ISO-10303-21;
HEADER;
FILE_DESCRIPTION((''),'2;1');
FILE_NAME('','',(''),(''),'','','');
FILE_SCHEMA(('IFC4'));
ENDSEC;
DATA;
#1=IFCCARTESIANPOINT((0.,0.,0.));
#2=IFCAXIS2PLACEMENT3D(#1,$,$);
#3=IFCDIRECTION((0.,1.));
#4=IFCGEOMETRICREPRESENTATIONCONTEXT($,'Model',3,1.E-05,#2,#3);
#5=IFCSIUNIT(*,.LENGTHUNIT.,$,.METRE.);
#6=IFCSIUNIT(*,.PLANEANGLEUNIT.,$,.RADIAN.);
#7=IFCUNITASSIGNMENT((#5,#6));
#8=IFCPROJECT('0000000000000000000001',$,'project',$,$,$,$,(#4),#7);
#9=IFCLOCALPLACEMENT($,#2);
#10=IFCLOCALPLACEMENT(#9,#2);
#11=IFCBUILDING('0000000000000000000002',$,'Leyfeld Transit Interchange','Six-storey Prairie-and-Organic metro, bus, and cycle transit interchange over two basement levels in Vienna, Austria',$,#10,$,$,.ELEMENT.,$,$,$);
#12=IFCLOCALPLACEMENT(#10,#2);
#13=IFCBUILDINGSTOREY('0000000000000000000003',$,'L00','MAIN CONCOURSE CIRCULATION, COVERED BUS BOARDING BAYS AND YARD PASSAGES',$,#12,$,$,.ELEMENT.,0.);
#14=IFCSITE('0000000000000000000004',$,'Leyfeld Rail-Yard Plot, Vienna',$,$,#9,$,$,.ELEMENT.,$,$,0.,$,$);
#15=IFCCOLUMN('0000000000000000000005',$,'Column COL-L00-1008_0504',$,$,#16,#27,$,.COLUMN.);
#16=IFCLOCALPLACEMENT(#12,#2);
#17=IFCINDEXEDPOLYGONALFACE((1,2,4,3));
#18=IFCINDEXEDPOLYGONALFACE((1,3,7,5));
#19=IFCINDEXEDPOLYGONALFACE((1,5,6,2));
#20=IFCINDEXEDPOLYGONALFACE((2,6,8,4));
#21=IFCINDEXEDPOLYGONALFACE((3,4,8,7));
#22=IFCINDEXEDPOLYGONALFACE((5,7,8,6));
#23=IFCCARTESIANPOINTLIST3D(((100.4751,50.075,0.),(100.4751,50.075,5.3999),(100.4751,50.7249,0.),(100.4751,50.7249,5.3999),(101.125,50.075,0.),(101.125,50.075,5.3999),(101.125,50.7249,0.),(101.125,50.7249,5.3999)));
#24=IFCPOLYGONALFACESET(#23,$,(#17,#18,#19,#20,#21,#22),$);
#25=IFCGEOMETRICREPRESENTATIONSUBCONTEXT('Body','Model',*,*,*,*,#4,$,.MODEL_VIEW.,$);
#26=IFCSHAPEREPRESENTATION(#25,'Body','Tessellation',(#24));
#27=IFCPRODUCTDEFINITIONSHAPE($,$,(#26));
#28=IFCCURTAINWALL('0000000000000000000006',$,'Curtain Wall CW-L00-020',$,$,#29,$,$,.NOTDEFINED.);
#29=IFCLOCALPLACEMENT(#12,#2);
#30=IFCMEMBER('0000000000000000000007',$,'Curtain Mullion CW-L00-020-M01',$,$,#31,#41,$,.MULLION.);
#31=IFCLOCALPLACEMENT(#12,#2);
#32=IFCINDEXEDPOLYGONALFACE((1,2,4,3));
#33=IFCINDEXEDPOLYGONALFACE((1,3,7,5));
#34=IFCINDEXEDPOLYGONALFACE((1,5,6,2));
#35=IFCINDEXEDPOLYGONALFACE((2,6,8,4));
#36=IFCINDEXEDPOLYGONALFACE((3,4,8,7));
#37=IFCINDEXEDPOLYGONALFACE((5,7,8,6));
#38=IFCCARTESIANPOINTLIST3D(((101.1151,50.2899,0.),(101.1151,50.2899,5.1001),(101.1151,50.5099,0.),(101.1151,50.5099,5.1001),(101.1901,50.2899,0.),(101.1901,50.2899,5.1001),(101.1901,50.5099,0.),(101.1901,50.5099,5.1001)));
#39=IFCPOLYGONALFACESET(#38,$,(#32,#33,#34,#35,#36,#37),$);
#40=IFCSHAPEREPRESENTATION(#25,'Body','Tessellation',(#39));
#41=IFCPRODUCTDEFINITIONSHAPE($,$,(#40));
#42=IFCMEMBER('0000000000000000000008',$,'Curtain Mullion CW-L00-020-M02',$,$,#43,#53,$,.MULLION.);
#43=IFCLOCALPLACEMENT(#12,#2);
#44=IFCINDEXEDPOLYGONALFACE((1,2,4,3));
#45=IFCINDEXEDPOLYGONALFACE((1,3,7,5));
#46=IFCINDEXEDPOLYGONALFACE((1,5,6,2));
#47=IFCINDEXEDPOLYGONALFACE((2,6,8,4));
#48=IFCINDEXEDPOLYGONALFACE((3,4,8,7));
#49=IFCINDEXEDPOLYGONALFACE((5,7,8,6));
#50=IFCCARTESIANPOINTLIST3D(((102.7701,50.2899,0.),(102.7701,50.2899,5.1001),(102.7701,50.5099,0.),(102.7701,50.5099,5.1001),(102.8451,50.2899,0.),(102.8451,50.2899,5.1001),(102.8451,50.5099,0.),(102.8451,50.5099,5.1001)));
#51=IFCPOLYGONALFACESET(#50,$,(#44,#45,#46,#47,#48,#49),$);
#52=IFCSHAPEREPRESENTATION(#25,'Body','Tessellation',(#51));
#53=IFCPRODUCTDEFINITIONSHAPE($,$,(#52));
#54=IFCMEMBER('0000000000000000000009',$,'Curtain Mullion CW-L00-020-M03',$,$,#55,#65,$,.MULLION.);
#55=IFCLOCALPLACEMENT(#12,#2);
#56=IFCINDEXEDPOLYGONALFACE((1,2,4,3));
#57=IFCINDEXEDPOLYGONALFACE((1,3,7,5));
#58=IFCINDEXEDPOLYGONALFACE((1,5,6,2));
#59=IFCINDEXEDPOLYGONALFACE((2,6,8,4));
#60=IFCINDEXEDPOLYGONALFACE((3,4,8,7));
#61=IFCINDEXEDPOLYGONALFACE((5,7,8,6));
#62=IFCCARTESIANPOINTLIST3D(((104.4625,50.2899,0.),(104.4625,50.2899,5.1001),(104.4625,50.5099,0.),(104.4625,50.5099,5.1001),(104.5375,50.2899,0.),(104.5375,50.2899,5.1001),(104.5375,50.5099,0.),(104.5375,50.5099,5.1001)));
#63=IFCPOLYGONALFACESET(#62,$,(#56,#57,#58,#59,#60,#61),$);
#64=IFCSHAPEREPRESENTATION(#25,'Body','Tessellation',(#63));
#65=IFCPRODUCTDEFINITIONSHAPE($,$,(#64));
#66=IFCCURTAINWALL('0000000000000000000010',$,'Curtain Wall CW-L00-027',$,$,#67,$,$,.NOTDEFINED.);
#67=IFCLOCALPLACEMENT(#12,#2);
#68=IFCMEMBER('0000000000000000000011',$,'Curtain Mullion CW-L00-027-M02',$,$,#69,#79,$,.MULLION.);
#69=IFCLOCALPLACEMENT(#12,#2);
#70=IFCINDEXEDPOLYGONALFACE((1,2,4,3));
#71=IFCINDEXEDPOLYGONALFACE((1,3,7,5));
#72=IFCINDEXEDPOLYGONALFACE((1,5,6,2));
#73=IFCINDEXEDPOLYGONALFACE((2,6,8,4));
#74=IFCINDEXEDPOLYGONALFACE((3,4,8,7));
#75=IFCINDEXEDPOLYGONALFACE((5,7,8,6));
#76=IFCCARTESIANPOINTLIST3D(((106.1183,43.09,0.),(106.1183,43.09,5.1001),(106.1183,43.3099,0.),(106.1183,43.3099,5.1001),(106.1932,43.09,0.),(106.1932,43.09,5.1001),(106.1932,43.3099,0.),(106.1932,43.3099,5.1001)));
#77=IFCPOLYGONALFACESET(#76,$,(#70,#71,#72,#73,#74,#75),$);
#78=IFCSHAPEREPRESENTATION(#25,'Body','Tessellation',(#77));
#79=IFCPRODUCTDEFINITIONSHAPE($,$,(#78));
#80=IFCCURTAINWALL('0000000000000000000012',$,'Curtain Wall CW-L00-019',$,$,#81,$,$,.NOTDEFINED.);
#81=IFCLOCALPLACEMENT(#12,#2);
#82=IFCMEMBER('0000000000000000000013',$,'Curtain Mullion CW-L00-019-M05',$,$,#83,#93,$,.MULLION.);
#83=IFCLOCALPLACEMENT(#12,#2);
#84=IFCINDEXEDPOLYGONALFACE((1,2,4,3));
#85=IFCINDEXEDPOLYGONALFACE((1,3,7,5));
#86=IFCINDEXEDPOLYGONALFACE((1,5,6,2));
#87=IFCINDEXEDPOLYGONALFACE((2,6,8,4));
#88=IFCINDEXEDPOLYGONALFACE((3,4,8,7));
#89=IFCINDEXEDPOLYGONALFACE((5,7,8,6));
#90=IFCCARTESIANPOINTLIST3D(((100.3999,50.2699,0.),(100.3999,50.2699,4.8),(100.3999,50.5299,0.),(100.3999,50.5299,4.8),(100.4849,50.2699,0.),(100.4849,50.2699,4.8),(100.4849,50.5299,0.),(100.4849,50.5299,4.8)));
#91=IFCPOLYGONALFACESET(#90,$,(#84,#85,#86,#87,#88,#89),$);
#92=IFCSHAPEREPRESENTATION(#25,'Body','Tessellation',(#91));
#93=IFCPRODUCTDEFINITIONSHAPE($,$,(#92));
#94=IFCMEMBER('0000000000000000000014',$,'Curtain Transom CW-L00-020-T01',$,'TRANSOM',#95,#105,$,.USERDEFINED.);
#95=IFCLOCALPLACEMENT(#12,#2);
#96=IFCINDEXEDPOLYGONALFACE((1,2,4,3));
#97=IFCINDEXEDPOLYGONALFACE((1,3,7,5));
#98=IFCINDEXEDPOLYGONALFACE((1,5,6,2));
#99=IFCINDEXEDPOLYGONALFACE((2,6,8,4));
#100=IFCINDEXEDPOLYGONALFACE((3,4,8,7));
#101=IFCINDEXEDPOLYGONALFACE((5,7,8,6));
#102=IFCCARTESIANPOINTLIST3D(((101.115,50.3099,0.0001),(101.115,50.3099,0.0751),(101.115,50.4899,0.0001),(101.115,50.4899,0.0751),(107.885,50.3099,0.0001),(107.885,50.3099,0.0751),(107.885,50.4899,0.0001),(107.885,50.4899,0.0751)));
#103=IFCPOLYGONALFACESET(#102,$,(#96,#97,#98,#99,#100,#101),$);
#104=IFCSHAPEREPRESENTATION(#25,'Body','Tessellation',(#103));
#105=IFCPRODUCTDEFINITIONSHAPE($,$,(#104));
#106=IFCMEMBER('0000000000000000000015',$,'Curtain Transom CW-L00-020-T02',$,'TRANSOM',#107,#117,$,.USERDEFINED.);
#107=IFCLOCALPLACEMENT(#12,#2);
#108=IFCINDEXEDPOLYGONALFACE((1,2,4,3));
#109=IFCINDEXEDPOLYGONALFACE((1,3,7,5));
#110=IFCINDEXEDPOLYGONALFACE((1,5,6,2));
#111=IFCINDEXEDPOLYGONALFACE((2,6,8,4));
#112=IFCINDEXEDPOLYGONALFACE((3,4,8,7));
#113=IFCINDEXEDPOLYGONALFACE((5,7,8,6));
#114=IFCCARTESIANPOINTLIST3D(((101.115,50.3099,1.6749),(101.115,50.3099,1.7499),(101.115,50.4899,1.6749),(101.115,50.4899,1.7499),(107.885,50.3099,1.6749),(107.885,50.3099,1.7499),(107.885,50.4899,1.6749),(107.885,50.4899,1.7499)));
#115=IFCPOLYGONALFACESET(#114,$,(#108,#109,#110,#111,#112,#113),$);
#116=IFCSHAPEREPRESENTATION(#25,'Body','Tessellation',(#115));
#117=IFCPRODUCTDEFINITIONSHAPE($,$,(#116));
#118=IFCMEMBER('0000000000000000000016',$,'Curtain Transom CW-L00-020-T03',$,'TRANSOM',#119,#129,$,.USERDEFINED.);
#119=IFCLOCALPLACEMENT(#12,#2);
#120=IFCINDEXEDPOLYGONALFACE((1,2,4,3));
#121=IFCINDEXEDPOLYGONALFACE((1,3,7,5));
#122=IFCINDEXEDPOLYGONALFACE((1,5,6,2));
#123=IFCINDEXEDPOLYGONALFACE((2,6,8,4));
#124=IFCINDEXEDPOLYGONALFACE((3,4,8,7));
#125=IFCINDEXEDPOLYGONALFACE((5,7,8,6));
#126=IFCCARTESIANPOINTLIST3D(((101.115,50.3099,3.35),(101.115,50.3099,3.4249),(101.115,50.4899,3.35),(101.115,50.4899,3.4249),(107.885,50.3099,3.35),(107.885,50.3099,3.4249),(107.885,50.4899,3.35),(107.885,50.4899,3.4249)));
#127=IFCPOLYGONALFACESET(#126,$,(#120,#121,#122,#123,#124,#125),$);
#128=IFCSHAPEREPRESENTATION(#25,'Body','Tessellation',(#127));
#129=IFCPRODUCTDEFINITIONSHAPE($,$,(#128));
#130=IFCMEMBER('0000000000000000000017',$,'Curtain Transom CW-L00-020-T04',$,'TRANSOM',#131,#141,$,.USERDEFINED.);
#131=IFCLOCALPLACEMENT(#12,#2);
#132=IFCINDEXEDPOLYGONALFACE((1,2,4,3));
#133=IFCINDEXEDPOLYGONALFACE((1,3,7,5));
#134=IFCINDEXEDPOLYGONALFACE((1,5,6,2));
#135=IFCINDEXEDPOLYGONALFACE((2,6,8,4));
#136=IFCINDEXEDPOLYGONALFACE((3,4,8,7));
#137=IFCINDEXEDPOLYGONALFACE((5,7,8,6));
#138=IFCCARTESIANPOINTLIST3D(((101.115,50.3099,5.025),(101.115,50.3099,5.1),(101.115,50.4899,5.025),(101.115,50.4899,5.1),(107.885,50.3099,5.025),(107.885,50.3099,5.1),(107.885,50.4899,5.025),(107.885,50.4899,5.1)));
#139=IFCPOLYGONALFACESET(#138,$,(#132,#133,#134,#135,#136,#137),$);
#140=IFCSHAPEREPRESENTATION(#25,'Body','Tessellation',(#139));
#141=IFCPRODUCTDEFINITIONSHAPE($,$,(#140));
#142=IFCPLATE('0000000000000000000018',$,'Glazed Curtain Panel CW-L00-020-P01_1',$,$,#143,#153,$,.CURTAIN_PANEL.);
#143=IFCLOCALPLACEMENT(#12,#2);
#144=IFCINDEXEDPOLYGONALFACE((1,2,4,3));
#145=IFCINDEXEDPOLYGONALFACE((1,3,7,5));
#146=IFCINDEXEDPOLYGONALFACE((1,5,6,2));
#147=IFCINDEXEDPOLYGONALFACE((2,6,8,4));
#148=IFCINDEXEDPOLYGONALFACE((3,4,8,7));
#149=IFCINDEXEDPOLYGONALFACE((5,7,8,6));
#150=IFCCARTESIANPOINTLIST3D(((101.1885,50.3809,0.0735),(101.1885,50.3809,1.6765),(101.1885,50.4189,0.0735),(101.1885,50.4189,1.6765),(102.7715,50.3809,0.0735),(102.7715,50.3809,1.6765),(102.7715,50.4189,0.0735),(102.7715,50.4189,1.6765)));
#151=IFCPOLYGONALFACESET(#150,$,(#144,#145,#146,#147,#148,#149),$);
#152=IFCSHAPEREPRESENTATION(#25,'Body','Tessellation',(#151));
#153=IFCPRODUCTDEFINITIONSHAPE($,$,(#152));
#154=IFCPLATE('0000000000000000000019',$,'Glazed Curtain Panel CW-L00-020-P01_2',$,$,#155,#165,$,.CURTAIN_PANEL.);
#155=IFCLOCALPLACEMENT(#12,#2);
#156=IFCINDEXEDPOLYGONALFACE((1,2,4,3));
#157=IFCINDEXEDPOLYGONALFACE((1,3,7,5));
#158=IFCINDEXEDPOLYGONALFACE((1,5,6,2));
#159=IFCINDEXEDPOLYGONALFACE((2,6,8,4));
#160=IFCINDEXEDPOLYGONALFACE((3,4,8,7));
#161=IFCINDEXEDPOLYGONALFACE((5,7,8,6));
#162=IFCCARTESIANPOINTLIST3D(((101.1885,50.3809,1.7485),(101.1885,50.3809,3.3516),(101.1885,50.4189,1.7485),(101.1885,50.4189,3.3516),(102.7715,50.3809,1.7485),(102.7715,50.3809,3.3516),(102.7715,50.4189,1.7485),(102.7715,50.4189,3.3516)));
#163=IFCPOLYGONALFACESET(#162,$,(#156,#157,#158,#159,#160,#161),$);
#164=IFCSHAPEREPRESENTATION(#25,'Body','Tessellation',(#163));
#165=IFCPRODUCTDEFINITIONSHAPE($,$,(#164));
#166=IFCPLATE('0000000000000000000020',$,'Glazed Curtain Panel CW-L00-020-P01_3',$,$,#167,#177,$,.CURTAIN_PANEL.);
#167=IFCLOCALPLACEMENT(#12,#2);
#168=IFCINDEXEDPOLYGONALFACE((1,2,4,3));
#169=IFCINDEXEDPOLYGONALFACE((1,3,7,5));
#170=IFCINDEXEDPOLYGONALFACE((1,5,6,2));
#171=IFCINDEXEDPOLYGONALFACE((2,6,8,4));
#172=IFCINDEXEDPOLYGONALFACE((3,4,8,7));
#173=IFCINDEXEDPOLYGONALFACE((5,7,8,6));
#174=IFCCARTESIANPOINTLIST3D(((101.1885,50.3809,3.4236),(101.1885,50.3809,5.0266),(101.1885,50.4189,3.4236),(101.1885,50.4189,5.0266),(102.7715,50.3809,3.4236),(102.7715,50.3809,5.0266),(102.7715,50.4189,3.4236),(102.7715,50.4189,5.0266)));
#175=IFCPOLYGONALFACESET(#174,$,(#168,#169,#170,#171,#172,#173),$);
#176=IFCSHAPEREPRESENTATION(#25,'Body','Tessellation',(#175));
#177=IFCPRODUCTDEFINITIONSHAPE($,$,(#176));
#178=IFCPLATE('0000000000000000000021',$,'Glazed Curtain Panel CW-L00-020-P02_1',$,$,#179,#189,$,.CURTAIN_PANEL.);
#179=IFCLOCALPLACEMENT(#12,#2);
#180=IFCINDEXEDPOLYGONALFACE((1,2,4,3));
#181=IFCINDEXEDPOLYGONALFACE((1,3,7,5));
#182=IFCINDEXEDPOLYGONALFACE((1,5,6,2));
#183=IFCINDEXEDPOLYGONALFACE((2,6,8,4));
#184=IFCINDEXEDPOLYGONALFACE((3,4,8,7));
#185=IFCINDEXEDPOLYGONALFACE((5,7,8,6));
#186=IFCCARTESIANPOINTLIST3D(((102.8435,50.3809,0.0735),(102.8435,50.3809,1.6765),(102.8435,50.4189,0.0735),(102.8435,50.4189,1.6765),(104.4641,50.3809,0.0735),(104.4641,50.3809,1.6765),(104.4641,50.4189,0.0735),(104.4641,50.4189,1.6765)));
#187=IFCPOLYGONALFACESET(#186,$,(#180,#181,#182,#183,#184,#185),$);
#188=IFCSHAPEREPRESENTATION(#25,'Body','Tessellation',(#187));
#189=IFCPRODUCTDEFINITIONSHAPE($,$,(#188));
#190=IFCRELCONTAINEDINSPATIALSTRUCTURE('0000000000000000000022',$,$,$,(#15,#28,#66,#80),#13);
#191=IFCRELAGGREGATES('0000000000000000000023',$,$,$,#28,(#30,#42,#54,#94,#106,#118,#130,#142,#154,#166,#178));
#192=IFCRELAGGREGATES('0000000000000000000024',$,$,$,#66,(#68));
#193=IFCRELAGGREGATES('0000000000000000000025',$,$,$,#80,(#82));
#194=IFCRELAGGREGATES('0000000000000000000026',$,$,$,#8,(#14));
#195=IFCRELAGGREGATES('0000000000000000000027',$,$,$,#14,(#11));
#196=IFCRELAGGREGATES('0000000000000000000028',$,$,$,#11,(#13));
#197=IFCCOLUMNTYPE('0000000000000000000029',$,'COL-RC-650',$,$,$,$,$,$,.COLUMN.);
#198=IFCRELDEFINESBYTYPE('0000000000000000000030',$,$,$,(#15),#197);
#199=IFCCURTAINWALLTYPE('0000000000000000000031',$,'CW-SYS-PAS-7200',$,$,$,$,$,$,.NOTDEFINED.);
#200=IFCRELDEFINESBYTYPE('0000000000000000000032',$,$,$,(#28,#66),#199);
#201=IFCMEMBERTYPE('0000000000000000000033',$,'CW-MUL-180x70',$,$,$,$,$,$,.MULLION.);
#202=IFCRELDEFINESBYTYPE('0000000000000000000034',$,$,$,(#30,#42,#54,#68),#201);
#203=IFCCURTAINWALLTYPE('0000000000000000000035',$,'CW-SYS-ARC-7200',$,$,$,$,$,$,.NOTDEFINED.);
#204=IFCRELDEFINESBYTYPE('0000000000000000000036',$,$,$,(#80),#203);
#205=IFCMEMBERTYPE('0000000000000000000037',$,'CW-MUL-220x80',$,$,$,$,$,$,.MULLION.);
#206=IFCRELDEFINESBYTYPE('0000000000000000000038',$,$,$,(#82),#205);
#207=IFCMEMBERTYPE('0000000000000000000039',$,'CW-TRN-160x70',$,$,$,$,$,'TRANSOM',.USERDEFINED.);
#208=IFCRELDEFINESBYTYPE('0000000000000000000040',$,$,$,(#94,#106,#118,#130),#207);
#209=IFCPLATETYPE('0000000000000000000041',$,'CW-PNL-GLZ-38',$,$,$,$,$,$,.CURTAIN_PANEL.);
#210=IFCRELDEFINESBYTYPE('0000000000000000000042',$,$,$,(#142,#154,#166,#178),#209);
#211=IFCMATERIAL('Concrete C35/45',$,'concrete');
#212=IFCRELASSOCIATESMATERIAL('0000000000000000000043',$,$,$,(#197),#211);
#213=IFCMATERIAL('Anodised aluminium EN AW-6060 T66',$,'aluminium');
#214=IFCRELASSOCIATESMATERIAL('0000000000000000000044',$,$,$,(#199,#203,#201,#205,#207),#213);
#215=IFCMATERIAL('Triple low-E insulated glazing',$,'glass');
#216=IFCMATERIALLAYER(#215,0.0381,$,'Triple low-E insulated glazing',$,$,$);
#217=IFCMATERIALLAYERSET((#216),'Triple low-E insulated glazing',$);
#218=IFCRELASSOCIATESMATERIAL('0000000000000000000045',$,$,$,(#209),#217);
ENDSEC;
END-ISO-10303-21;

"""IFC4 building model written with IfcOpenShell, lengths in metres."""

from ifc_helpers import new_model, si_unit, direction, frame, origin, origin_2d, place, context, subcontext, project, spatial, rectangle, extrude, material, layer, layer_set, material_profile, profile_set, type_object, element, aggregate, save


model = new_model("IFC4")

# Units and contexts
model_context = context("Model", 3, precision=1e-05, world=origin(), true_north=direction((0.0, 1.0)))
body_context = subcontext(model_context, "Body", "Model", "MODEL_VIEW")
ifc_project = project(units=[si_unit("LENGTHUNIT", "METRE"), si_unit("PLANEANGLEUNIT", "RADIAN")], contexts=[model_context])

# Site, building, storey
site_placement = place(None, origin())
site = spatial("IfcSite", under=ifc_project, at=site_placement, Name="Leyfeld Rail-Yard Plot, Vienna", CompositionType="ELEMENT", RefElevation=0.0)
building_placement = place(site_placement, origin())
building = spatial("IfcBuilding", under=site, at=building_placement, Name="Leyfeld Transit Interchange", Description="Six-storey Prairie-and-Organic metro, bus, and cycle transit interchange over two basement levels in Vienna, Austria", CompositionType="ELEMENT")
storey_placement = place(building_placement, origin())
storey = spatial("IfcBuildingStorey", under=building, at=storey_placement, Name="L00", Description="MAIN CONCOURSE CIRCULATION, COVERED BUS BOARDING BAYS AND YARD PASSAGES", CompositionType="ELEMENT", Elevation=0.0)

# Column
ifc_material_1 = material(Name="Concrete C35/45", Category="concrete")
ifc_material_profile_1 = material_profile(ifc_material_1, rectangle(XDim=0.6499, YDim=0.6499, at=origin_2d()), Name="RC 650x650")
ifc_profile_set_1 = profile_set([ifc_material_profile_1], Name="Concrete C35/45")
column_type = type_object("IfcColumnType", Name="COL-RC-650", PredefinedType="COLUMN", material=ifc_profile_set_1)
column_placement = place(storey_placement, frame((100.8, 50.3999, 0.0), z_axis=(0.0, 0.0, 1.0), x_axis=(1.0, 0.0, 0.0)))
element("IfcColumn", 1, at=column_placement, inside=storey, type_object=column_type, Name="Column COL-L00-1008_0504", PredefinedType="COLUMN", context=body_context, shape_type="SweptSolid", body=[
    extrude(rectangle(XDim=0.6499, YDim=0.6499, at=origin_2d()), origin(), (0.0, 0.0, 1.0), 5.3999),
])

# Curtain wall, members
ifc_material_2 = material(Name="Anodised aluminium EN AW-6060 T66", Category="aluminium")
curtain_wall_type_1 = type_object("IfcCurtainWallType", Name="CW-SYS-PAS-7200", PredefinedType="NOTDEFINED", material=ifc_material_2)
curtain_wall_1_placement = place(storey_placement, origin())
curtain_wall_1 = element("IfcCurtainWall", 2, at=curtain_wall_1_placement, inside=storey, type_object=curtain_wall_type_1, Name="Curtain Wall CW-L00-020", PredefinedType="NOTDEFINED")
ifc_material_profile_2 = material_profile(ifc_material_2, rectangle(XDim=0.075, YDim=0.22, at=origin_2d()), Name="CW-M 75x220")
ifc_profile_set_2 = profile_set([ifc_material_profile_2], Name="Anodised aluminium EN AW-6060 T66")
member_type_1 = type_object("IfcMemberType", Name="CW-MUL-180x70", PredefinedType="MULLION", material=ifc_profile_set_2)
member_1_placement = place(storey_placement, frame((101.1526, 50.3999, 0.0), z_axis=(0.0, 0.0, 1.0), x_axis=(1.0, 0.0, 0.0)))
member_1 = element("IfcMember", 3, at=member_1_placement, type_object=member_type_1, Name="Curtain Mullion CW-L00-020-M01", PredefinedType="MULLION", context=body_context, shape_type="SweptSolid", body=[
    extrude(rectangle(XDim=0.075, YDim=0.22, at=origin_2d()), origin(), (0.0, 0.0, 1.0), 5.1001),
])
member_2_placement = place(storey_placement, frame((102.8076, 50.3999, 0.0), z_axis=(0.0, 0.0, 1.0), x_axis=(1.0, 0.0, 0.0)))
member_2 = element("IfcMember", 4, at=member_2_placement, type_object=member_type_1, Name="Curtain Mullion CW-L00-020-M02", PredefinedType="MULLION", context=body_context, shape_type="SweptSolid", body=[
    extrude(rectangle(XDim=0.075, YDim=0.22, at=origin_2d()), origin(), (0.0, 0.0, 1.0), 5.1001),
])
member_3_placement = place(storey_placement, frame((104.5, 50.3999, 0.0), z_axis=(0.0, 0.0, 1.0), x_axis=(1.0, 0.0, 0.0)))
member_3 = element("IfcMember", 5, at=member_3_placement, type_object=member_type_1, Name="Curtain Mullion CW-L00-020-M03", PredefinedType="MULLION", context=body_context, shape_type="SweptSolid", body=[
    extrude(rectangle(XDim=0.075, YDim=0.22, at=origin_2d()), origin(), (0.0, 0.0, 1.0), 5.1001),
])

# Curtain walls, members
curtain_wall_2_placement = place(storey_placement, origin())
curtain_wall_2 = element("IfcCurtainWall", 6, at=curtain_wall_2_placement, inside=storey, type_object=curtain_wall_type_1, Name="Curtain Wall CW-L00-027", PredefinedType="NOTDEFINED")
member_4_placement = place(storey_placement, frame((106.1558, 43.2, 0.0), z_axis=(0.0, 0.0, 1.0), x_axis=(-1.0, 0.0, 0.0)))
member_4 = element("IfcMember", 7, at=member_4_placement, type_object=member_type_1, Name="Curtain Mullion CW-L00-027-M02", PredefinedType="MULLION", context=body_context, shape_type="SweptSolid", body=[
    extrude(rectangle(XDim=0.075, YDim=0.22, at=origin_2d()), origin(), (0.0, 0.0, 1.0), 5.1001),
])
curtain_wall_type_2 = type_object("IfcCurtainWallType", Name="CW-SYS-ARC-7200", PredefinedType="NOTDEFINED", material=ifc_material_2)
curtain_wall_3_placement = place(storey_placement, origin())
curtain_wall_3 = element("IfcCurtainWall", 8, at=curtain_wall_3_placement, inside=storey, type_object=curtain_wall_type_2, Name="Curtain Wall CW-L00-019", PredefinedType="NOTDEFINED")
ifc_material_profile_3 = material_profile(ifc_material_2, rectangle(XDim=0.085, YDim=0.26, at=origin_2d()), Name="CW-M 85x260")
ifc_profile_set_3 = profile_set([ifc_material_profile_3], Name="Anodised aluminium EN AW-6060 T66")
member_type_2 = type_object("IfcMemberType", Name="CW-MUL-220x80", PredefinedType="MULLION", material=ifc_profile_set_3)
member_5_placement = place(storey_placement, frame((100.4424, 50.3999, 0.0), z_axis=(0.0, 0.0, 1.0), x_axis=(1.0, 0.0, 0.0)))
member_5 = element("IfcMember", 9, at=member_5_placement, type_object=member_type_2, Name="Curtain Mullion CW-L00-019-M05", PredefinedType="MULLION", context=body_context, shape_type="SweptSolid", body=[
    extrude(rectangle(XDim=0.085, YDim=0.26, at=origin_2d()), origin(), (0.0, 0.0, 1.0), 4.8),
])

# Members
ifc_material_profile_4 = material_profile(ifc_material_2, rectangle(XDim=0.1799, YDim=0.075, at=origin_2d()), Name="CW-TRN-160x70")
ifc_profile_set_4 = profile_set([ifc_material_profile_4], Name="Anodised aluminium EN AW-6060 T66")
member_type_3 = type_object("IfcMemberType", Name="CW-TRN-160x70", ElementType="TRANSOM", PredefinedType="USERDEFINED", material=ifc_profile_set_4)
member_6_placement = place(storey_placement, frame((101.115, 50.3999, 0.0376), z_axis=(1.0, 0.0, 0.0), x_axis=(0.0, 1.0, 0.0)))
member_6 = element("IfcMember", 10, at=member_6_placement, type_object=member_type_3, Name="Curtain Transom CW-L00-020-T01", ObjectType="TRANSOM", PredefinedType="USERDEFINED", context=body_context, shape_type="SweptSolid", body=[
    extrude(rectangle(XDim=0.1799, YDim=0.075, at=origin_2d()), origin(), (0.0, 0.0, 1.0), 6.77),
])
member_7_placement = place(storey_placement, frame((101.115, 50.3999, 1.7124), z_axis=(1.0, 0.0, 0.0), x_axis=(0.0, 1.0, 0.0)))
member_7 = element("IfcMember", 11, at=member_7_placement, type_object=member_type_3, Name="Curtain Transom CW-L00-020-T02", ObjectType="TRANSOM", PredefinedType="USERDEFINED", context=body_context, shape_type="SweptSolid", body=[
    extrude(rectangle(XDim=0.1799, YDim=0.075, at=origin_2d()), origin(), (0.0, 0.0, 1.0), 6.77),
])
member_8_placement = place(storey_placement, frame((101.115, 50.3999, 3.3875), z_axis=(1.0, 0.0, 0.0), x_axis=(0.0, 1.0, 0.0)))
member_8 = element("IfcMember", 12, at=member_8_placement, type_object=member_type_3, Name="Curtain Transom CW-L00-020-T03", ObjectType="TRANSOM", PredefinedType="USERDEFINED", context=body_context, shape_type="SweptSolid", body=[
    extrude(rectangle(XDim=0.1799, YDim=0.075, at=origin_2d()), origin(), (0.0, 0.0, 1.0), 6.77),
])
member_9_placement = place(storey_placement, frame((101.115, 50.3999, 5.0625), z_axis=(1.0, 0.0, 0.0), x_axis=(0.0, 1.0, 0.0)))
member_9 = element("IfcMember", 13, at=member_9_placement, type_object=member_type_3, Name="Curtain Transom CW-L00-020-T04", ObjectType="TRANSOM", PredefinedType="USERDEFINED", context=body_context, shape_type="SweptSolid", body=[
    extrude(rectangle(XDim=0.1799, YDim=0.075, at=origin_2d()), origin(), (0.0, 0.0, 1.0), 6.77),
])

# Plates
ifc_material_3 = material(Name="Triple low-E insulated glazing", Category="glass")
ifc_layer_1 = layer(ifc_material_3, 0.0381, Name="Triple low-E insulated glazing")
ifc_layer_set_1 = layer_set([ifc_layer_1], Name="Triple low-E insulated glazing")
plate_type_1 = type_object("IfcPlateType", Name="CW-PNL-GLZ-38", PredefinedType="CURTAIN_PANEL", material=ifc_layer_set_1)
plate_1_placement = place(storey_placement, frame((101.98, 50.3999, 0.0735), z_axis=(0.0, 0.0, 1.0), x_axis=(1.0, 0.0, 0.0)))
plate_1 = element("IfcPlate", 14, at=plate_1_placement, type_object=plate_type_1, Name="Glazed Curtain Panel CW-L00-020-P01_1", PredefinedType="CURTAIN_PANEL", context=body_context, shape_type="SweptSolid", body=[
    extrude(rectangle(XDim=1.583, YDim=0.0381, at=origin_2d()), origin(), (0.0, 0.0, 1.0), 1.603),
])
plate_2_placement = place(storey_placement, frame((101.98, 50.3999, 1.7485), z_axis=(0.0, 0.0, 1.0), x_axis=(1.0, 0.0, 0.0)))
plate_2 = element("IfcPlate", 15, at=plate_2_placement, type_object=plate_type_1, Name="Glazed Curtain Panel CW-L00-020-P01_2", PredefinedType="CURTAIN_PANEL", context=body_context, shape_type="SweptSolid", body=[
    extrude(rectangle(XDim=1.583, YDim=0.0381, at=origin_2d()), origin(), (0.0, 0.0, 1.0), 1.603),
])
plate_3_placement = place(storey_placement, frame((101.98, 50.3999, 3.4236), z_axis=(0.0, 0.0, 1.0), x_axis=(1.0, 0.0, 0.0)))
plate_3 = element("IfcPlate", 16, at=plate_3_placement, type_object=plate_type_1, Name="Glazed Curtain Panel CW-L00-020-P01_3", PredefinedType="CURTAIN_PANEL", context=body_context, shape_type="SweptSolid", body=[
    extrude(rectangle(XDim=1.583, YDim=0.0381, at=origin_2d()), origin(), (0.0, 0.0, 1.0), 1.603),
])
plate_4_placement = place(storey_placement, frame((103.6538, 50.3999, 0.0735), z_axis=(0.0, 0.0, 1.0), x_axis=(1.0, 0.0, 0.0)))
plate_4 = element("IfcPlate", 17, at=plate_4_placement, type_object=plate_type_1, Name="Glazed Curtain Panel CW-L00-020-P02_1", PredefinedType="CURTAIN_PANEL", context=body_context, shape_type="SweptSolid", body=[
    extrude(rectangle(XDim=1.6206, YDim=0.0381, at=origin_2d()), origin(), (0.0, 0.0, 1.0), 1.603),
])
aggregate(curtain_wall_1, [member_1, member_2, member_3, member_6, member_7, member_8, member_9, plate_1, plate_2, plate_3, plate_4])
aggregate(curtain_wall_2, [member_4])
aggregate(curtain_wall_3, [member_5])

save(model, "model.ifc")
